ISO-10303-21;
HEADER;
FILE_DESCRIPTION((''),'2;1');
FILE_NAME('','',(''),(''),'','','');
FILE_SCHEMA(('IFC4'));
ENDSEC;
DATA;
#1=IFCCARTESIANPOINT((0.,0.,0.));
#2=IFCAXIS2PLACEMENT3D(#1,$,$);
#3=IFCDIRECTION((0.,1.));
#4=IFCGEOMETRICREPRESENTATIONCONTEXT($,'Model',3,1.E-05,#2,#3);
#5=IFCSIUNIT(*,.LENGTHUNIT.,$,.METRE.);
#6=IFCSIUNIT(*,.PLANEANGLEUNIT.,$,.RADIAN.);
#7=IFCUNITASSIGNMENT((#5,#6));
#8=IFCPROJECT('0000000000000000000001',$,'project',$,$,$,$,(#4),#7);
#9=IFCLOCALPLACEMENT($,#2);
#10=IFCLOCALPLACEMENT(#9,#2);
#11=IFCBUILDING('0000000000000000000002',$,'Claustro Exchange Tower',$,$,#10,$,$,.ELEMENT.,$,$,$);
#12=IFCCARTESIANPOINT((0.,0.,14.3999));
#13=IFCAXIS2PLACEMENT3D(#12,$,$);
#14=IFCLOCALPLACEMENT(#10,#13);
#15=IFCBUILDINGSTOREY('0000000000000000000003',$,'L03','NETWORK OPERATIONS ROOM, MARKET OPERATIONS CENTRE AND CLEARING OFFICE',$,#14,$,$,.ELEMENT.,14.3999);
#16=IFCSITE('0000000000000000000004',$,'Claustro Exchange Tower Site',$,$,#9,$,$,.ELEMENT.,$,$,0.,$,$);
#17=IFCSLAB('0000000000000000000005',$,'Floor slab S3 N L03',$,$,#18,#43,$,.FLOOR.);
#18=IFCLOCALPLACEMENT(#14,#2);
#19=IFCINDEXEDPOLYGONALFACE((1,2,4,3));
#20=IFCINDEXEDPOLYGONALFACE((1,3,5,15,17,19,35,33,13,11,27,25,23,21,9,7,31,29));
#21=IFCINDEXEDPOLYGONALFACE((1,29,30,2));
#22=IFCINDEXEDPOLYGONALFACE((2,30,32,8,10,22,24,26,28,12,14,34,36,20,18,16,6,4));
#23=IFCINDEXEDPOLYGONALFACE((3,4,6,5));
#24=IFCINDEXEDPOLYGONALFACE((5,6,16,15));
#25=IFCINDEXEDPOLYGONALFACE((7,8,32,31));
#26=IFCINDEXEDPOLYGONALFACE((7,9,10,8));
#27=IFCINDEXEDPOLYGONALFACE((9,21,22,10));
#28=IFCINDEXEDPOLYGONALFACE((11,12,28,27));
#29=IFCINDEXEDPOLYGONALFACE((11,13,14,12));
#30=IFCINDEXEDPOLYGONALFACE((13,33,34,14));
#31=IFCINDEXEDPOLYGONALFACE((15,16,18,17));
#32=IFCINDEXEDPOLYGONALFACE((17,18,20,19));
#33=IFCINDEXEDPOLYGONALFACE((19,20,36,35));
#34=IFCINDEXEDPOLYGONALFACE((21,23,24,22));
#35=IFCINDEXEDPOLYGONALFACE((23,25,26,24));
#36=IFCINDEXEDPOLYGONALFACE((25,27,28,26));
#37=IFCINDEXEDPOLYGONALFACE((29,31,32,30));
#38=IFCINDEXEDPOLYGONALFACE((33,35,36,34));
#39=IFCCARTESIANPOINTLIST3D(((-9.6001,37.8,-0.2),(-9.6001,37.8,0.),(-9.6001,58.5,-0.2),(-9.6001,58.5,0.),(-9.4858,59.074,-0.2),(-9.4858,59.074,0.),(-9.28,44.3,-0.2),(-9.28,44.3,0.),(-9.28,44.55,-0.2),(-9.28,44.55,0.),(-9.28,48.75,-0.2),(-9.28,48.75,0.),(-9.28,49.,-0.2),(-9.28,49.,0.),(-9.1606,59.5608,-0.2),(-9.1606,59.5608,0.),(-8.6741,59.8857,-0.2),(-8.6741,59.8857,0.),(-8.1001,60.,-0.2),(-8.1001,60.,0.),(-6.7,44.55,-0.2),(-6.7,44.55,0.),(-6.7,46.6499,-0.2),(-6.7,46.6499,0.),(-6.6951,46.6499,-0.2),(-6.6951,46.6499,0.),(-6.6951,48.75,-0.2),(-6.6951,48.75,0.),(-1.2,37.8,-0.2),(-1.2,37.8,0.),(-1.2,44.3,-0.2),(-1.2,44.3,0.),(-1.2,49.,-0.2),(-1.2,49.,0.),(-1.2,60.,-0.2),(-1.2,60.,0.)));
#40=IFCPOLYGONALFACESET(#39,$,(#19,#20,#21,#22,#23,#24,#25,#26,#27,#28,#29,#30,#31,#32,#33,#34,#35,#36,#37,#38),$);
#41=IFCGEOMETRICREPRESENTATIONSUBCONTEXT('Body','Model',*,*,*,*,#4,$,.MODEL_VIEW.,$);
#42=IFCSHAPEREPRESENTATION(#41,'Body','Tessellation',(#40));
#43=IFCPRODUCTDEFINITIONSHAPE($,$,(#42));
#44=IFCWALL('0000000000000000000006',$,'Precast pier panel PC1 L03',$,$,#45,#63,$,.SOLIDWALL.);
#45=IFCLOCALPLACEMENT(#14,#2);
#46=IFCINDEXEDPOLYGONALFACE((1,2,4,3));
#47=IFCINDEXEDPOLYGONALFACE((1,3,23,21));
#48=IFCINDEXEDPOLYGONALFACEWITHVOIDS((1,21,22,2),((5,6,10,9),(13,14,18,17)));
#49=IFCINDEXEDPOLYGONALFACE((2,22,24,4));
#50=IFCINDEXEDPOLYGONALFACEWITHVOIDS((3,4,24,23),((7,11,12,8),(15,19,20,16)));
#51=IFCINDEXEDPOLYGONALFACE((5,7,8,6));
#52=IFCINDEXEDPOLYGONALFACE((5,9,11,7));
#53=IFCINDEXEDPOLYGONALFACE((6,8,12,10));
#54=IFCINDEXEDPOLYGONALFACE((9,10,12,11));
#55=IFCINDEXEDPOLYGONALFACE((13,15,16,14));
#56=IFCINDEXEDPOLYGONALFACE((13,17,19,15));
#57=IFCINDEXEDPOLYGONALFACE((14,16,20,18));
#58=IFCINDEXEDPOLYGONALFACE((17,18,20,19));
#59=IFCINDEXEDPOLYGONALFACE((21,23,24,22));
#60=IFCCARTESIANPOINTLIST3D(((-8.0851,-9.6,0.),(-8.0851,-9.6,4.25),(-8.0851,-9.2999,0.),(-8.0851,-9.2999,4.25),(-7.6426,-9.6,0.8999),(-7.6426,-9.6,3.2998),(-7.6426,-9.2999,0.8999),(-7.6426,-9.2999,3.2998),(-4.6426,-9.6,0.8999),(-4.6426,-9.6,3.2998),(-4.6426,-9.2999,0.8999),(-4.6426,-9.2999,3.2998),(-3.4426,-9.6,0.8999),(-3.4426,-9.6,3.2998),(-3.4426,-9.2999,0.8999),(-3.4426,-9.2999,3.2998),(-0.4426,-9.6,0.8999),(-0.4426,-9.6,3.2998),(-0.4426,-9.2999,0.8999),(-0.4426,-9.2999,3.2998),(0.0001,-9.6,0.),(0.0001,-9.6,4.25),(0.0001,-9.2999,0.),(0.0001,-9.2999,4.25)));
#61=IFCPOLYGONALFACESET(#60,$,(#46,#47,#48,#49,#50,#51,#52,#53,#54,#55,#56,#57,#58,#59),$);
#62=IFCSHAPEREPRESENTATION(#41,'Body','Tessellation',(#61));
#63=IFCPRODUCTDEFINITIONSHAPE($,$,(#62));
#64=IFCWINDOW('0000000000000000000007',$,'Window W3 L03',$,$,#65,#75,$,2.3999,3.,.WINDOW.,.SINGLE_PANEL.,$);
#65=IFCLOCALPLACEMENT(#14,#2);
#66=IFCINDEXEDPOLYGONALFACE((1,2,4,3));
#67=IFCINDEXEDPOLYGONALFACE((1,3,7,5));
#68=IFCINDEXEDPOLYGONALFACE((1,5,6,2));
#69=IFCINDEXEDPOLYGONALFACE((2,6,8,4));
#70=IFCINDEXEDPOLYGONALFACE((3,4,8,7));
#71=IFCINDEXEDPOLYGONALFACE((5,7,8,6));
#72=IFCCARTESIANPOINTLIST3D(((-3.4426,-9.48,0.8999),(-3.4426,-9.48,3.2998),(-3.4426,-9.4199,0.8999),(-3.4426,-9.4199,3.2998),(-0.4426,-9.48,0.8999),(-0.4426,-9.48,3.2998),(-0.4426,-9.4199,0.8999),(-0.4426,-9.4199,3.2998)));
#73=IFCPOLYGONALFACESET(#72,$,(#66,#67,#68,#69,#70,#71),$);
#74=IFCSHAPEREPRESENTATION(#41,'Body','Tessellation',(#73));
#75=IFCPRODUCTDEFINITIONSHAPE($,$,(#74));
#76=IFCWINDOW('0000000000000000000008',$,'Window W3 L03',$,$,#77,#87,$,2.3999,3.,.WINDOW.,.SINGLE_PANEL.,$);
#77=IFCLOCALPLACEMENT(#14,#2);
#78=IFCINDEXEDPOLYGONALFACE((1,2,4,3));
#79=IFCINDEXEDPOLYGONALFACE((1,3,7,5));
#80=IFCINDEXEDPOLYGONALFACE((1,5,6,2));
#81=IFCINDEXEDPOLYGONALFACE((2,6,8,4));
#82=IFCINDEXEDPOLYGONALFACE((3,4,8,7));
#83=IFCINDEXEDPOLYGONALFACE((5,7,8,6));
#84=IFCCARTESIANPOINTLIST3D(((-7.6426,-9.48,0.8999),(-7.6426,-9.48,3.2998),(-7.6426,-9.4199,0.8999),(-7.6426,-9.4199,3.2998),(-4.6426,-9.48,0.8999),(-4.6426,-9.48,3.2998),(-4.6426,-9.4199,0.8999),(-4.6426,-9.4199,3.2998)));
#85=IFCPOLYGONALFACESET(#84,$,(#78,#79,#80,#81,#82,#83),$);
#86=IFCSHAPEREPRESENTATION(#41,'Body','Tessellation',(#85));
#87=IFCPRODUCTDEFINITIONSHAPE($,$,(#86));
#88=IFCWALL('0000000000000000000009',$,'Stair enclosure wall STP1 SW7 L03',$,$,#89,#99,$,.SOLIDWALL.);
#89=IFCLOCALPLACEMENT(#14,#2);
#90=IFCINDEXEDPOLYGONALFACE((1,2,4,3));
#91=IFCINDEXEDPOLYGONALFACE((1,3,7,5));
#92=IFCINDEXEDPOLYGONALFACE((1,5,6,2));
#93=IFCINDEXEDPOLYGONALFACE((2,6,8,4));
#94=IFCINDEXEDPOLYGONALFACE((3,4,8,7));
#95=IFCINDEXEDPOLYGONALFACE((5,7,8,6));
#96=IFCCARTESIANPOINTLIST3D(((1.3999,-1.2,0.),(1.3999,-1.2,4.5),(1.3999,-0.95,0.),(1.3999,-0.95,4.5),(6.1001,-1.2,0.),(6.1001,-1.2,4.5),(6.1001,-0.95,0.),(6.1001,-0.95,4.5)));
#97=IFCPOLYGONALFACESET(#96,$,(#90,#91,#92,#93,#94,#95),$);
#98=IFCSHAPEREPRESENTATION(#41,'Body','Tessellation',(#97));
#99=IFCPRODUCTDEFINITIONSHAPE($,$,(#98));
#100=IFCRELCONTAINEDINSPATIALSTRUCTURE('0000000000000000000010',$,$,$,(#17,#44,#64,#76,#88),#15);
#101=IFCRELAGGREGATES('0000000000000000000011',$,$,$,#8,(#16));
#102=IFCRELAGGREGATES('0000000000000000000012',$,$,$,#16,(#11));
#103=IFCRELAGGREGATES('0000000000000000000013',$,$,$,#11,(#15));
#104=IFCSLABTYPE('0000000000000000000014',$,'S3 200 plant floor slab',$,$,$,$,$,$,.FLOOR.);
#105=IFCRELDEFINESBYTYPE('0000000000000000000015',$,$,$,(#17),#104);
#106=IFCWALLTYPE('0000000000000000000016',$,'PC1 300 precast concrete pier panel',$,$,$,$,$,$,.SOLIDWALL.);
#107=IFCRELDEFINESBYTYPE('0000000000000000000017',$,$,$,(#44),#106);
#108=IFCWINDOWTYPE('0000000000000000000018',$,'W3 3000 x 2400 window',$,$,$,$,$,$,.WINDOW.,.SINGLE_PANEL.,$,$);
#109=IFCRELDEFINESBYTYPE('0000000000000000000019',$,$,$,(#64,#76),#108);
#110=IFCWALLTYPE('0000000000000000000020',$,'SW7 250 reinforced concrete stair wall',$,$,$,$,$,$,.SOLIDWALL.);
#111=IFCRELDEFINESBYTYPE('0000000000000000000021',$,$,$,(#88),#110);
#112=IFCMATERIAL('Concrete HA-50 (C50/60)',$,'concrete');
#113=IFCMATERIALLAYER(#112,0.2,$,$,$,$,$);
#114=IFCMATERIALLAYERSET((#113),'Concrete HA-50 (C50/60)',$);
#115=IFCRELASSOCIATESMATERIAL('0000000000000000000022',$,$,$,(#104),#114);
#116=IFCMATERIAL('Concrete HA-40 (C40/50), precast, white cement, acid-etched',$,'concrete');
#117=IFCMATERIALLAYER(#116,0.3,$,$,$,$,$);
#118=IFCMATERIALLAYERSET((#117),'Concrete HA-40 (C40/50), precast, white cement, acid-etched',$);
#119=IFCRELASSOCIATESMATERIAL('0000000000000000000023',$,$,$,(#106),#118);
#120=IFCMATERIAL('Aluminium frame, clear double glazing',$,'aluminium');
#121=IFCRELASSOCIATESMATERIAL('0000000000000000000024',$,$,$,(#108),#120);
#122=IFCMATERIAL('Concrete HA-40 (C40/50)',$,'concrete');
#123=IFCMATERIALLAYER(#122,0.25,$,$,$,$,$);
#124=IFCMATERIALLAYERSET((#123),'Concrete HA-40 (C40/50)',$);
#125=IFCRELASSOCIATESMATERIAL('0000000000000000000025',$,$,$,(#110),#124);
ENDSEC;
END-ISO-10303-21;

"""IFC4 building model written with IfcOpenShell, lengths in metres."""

from ifc_helpers import new_model, si_unit, direction, frame, frame_2d, origin, place, context, subcontext, project, spatial, polyline, rectangle, outline, extrude, material, layer, layer_set, type_object, element, fill, save


model = new_model("IFC4")

# Units and contexts
model_context = context("Model", 3, precision=1e-05, world=origin(), true_north=direction((0.0, 1.0)))
body_context = subcontext(model_context, "Body", "Model", "MODEL_VIEW")
ifc_project = project(units=[si_unit("LENGTHUNIT", "METRE"), si_unit("PLANEANGLEUNIT", "RADIAN")], contexts=[model_context])

# Site, building, storey
site_placement = place(None, origin())
site = spatial("IfcSite", under=ifc_project, at=site_placement, Name="Claustro Exchange Tower Site", CompositionType="ELEMENT", RefElevation=0.0)
building_placement = place(site_placement, origin())
building = spatial("IfcBuilding", under=site, at=building_placement, Name="Claustro Exchange Tower", CompositionType="ELEMENT")
storey_placement = place(building_placement, frame((0.0, 0.0, 14.3999)))
storey = spatial("IfcBuildingStorey", under=building, at=storey_placement, Name="L03", Description="NETWORK OPERATIONS ROOM, MARKET OPERATIONS CENTRE AND CLEARING OFFICE", CompositionType="ELEMENT", Elevation=14.3999)

# Slab
ifc_material_1 = material(Name="Concrete HA-50 (C50/60)", Category="concrete")
ifc_layer_1 = layer(ifc_material_1, 0.2)
ifc_layer_set_1 = layer_set([ifc_layer_1], Name="Concrete HA-50 (C50/60)")
slab_type = type_object("IfcSlabType", Name="S3 200 plant floor slab", PredefinedType="FLOOR", material=ifc_layer_set_1)
slab_1_placement = place(storey_placement, frame((0.0, 0.0, -0.2)))
element("IfcSlab", 1, at=slab_1_placement, inside=storey, type_object=slab_type, Name="Floor slab S3 N L03", PredefinedType="FLOOR", context=body_context, shape_type="SweptSolid", body=[
    extrude(outline(polyline([(-8.6741, 59.8857), (-9.1606, 59.5608), (-9.4858, 59.074), (-9.6001, 58.5), (-9.6001, 37.8), (-1.2, 37.8), (-1.2, 44.3), (-9.28, 44.3), (-9.28, 44.55), (-6.7, 44.55), (-6.7, 46.6499), (-6.6951, 46.6499), (-6.6951, 48.75), (-9.28, 48.75), (-9.28, 49.0), (-1.2, 49.0), (-1.2, 60.0), (-8.1001, 60.0), (-8.6741, 59.8857)])), origin(), (0.0, 0.0, 1.0), 0.2),
])

# Wall, openings, windows
ifc_material_2 = material(Name="Concrete HA-40 (C40/50), precast, white cement, acid-etched", Category="concrete")
ifc_layer_2 = layer(ifc_material_2, 0.3)
ifc_layer_set_2 = layer_set([ifc_layer_2], Name="Concrete HA-40 (C40/50), precast, white cement, acid-etched")
wall_type_1 = type_object("IfcWallType", Name="PC1 300 precast concrete pier panel", PredefinedType="SOLIDWALL", material=ifc_layer_set_2)
wall_1_placement = place(storey_placement, frame((0.0, -9.45, 0.0), z_axis=(0.0, 0.0, 1.0), x_axis=(-1.0, 0.0, 0.0)))
wall_1 = element("IfcWall", 2, at=wall_1_placement, inside=storey, type_object=wall_type_1, Name="Precast pier panel PC1 L03", PredefinedType="SOLIDWALL", context=body_context, shape_type="SweptSolid", body=[
    extrude(rectangle(XDim=8.0852, YDim=0.3, at=frame_2d((4.0425, 0.0))), origin(), (0.0, 0.0, 1.0), 4.25),
])
opening_1_placement = place(wall_1_placement, frame((0.4426, 0.0, 0.8999)))
opening_1 = element("IfcOpeningElement", 3, at=opening_1_placement, cuts=wall_1, PredefinedType="OPENING", context=body_context, shape_type="SweptSolid", body=[
    extrude(rectangle(XDim=3.0, YDim=2.3999, at=frame_2d((1.5, 1.2))), frame((0.0, 0.1599, 0.0), z_axis=(0.0, -1.0, 0.0), x_axis=(1.0, 0.0, 0.0)), (0.0, 0.0, 1.0), 0.3201),
])
opening_2_placement = place(wall_1_placement, frame((4.6426, 0.0, 0.8999)))
opening_2 = element("IfcOpeningElement", 4, at=opening_2_placement, cuts=wall_1, PredefinedType="OPENING", context=body_context, shape_type="SweptSolid", body=[
    extrude(rectangle(XDim=3.0, YDim=2.3999, at=frame_2d((1.5, 1.2))), frame((0.0, 0.1599, 0.0), z_axis=(0.0, -1.0, 0.0), x_axis=(1.0, 0.0, 0.0)), (0.0, 0.0, 1.0), 0.3201),
])
ifc_material_3 = material(Name="Aluminium frame, clear double glazing", Category="aluminium")
window_type = type_object("IfcWindowType", Name="W3 3000 x 2400 window", PartitioningType="SINGLE_PANEL", PredefinedType="WINDOW", material=ifc_material_3)
window_1_placement = place(opening_1_placement, origin())
window_1 = element("IfcWindow", 5, at=window_1_placement, inside=storey, type_object=window_type, Name="Window W3 L03", OverallHeight=2.3999, OverallWidth=3.0, PartitioningType="SINGLE_PANEL", PredefinedType="WINDOW", context=body_context, shape_type="SweptSolid", body=[
    extrude(rectangle(XDim=3.0, YDim=2.3999, at=frame_2d((1.5, 1.2))), frame((0.0, 0.03, 0.0), z_axis=(0.0, -1.0, 0.0), x_axis=(1.0, 0.0, 0.0)), (0.0, 0.0, 1.0), 0.0601),
])
fill(opening_1, window_1)
window_2_placement = place(opening_2_placement, origin())
window_2 = element("IfcWindow", 6, at=window_2_placement, inside=storey, type_object=window_type, Name="Window W3 L03", OverallHeight=2.3999, OverallWidth=3.0, PartitioningType="SINGLE_PANEL", PredefinedType="WINDOW", context=body_context, shape_type="SweptSolid", body=[
    extrude(rectangle(XDim=3.0, YDim=2.3999, at=frame_2d((1.5, 1.2))), frame((0.0, 0.03, 0.0), z_axis=(0.0, -1.0, 0.0), x_axis=(1.0, 0.0, 0.0)), (0.0, 0.0, 1.0), 0.0601),
])
fill(opening_2, window_2)

# Wall
ifc_material_4 = material(Name="Concrete HA-40 (C40/50)", Category="concrete")
ifc_layer_3 = layer(ifc_material_4, 0.25)
ifc_layer_set_3 = layer_set([ifc_layer_3], Name="Concrete HA-40 (C40/50)")
wall_type_2 = type_object("IfcWallType", Name="SW7 250 reinforced concrete stair wall", PredefinedType="SOLIDWALL", material=ifc_layer_set_3)
wall_2_placement = place(storey_placement, frame((1.3999, -1.075, 0.0), z_axis=(0.0, 0.0, 1.0), x_axis=(1.0, 0.0, 0.0)))
element("IfcWall", 7, at=wall_2_placement, inside=storey, type_object=wall_type_2, Name="Stair enclosure wall STP1 SW7 L03", PredefinedType="SOLIDWALL", context=body_context, shape_type="SweptSolid", body=[
    extrude(rectangle(XDim=4.7002, YDim=0.25, at=frame_2d((2.3501, 0.0))), origin(), (0.0, 0.0, 1.0), 4.5),
])

save(model, "model.ifc")
